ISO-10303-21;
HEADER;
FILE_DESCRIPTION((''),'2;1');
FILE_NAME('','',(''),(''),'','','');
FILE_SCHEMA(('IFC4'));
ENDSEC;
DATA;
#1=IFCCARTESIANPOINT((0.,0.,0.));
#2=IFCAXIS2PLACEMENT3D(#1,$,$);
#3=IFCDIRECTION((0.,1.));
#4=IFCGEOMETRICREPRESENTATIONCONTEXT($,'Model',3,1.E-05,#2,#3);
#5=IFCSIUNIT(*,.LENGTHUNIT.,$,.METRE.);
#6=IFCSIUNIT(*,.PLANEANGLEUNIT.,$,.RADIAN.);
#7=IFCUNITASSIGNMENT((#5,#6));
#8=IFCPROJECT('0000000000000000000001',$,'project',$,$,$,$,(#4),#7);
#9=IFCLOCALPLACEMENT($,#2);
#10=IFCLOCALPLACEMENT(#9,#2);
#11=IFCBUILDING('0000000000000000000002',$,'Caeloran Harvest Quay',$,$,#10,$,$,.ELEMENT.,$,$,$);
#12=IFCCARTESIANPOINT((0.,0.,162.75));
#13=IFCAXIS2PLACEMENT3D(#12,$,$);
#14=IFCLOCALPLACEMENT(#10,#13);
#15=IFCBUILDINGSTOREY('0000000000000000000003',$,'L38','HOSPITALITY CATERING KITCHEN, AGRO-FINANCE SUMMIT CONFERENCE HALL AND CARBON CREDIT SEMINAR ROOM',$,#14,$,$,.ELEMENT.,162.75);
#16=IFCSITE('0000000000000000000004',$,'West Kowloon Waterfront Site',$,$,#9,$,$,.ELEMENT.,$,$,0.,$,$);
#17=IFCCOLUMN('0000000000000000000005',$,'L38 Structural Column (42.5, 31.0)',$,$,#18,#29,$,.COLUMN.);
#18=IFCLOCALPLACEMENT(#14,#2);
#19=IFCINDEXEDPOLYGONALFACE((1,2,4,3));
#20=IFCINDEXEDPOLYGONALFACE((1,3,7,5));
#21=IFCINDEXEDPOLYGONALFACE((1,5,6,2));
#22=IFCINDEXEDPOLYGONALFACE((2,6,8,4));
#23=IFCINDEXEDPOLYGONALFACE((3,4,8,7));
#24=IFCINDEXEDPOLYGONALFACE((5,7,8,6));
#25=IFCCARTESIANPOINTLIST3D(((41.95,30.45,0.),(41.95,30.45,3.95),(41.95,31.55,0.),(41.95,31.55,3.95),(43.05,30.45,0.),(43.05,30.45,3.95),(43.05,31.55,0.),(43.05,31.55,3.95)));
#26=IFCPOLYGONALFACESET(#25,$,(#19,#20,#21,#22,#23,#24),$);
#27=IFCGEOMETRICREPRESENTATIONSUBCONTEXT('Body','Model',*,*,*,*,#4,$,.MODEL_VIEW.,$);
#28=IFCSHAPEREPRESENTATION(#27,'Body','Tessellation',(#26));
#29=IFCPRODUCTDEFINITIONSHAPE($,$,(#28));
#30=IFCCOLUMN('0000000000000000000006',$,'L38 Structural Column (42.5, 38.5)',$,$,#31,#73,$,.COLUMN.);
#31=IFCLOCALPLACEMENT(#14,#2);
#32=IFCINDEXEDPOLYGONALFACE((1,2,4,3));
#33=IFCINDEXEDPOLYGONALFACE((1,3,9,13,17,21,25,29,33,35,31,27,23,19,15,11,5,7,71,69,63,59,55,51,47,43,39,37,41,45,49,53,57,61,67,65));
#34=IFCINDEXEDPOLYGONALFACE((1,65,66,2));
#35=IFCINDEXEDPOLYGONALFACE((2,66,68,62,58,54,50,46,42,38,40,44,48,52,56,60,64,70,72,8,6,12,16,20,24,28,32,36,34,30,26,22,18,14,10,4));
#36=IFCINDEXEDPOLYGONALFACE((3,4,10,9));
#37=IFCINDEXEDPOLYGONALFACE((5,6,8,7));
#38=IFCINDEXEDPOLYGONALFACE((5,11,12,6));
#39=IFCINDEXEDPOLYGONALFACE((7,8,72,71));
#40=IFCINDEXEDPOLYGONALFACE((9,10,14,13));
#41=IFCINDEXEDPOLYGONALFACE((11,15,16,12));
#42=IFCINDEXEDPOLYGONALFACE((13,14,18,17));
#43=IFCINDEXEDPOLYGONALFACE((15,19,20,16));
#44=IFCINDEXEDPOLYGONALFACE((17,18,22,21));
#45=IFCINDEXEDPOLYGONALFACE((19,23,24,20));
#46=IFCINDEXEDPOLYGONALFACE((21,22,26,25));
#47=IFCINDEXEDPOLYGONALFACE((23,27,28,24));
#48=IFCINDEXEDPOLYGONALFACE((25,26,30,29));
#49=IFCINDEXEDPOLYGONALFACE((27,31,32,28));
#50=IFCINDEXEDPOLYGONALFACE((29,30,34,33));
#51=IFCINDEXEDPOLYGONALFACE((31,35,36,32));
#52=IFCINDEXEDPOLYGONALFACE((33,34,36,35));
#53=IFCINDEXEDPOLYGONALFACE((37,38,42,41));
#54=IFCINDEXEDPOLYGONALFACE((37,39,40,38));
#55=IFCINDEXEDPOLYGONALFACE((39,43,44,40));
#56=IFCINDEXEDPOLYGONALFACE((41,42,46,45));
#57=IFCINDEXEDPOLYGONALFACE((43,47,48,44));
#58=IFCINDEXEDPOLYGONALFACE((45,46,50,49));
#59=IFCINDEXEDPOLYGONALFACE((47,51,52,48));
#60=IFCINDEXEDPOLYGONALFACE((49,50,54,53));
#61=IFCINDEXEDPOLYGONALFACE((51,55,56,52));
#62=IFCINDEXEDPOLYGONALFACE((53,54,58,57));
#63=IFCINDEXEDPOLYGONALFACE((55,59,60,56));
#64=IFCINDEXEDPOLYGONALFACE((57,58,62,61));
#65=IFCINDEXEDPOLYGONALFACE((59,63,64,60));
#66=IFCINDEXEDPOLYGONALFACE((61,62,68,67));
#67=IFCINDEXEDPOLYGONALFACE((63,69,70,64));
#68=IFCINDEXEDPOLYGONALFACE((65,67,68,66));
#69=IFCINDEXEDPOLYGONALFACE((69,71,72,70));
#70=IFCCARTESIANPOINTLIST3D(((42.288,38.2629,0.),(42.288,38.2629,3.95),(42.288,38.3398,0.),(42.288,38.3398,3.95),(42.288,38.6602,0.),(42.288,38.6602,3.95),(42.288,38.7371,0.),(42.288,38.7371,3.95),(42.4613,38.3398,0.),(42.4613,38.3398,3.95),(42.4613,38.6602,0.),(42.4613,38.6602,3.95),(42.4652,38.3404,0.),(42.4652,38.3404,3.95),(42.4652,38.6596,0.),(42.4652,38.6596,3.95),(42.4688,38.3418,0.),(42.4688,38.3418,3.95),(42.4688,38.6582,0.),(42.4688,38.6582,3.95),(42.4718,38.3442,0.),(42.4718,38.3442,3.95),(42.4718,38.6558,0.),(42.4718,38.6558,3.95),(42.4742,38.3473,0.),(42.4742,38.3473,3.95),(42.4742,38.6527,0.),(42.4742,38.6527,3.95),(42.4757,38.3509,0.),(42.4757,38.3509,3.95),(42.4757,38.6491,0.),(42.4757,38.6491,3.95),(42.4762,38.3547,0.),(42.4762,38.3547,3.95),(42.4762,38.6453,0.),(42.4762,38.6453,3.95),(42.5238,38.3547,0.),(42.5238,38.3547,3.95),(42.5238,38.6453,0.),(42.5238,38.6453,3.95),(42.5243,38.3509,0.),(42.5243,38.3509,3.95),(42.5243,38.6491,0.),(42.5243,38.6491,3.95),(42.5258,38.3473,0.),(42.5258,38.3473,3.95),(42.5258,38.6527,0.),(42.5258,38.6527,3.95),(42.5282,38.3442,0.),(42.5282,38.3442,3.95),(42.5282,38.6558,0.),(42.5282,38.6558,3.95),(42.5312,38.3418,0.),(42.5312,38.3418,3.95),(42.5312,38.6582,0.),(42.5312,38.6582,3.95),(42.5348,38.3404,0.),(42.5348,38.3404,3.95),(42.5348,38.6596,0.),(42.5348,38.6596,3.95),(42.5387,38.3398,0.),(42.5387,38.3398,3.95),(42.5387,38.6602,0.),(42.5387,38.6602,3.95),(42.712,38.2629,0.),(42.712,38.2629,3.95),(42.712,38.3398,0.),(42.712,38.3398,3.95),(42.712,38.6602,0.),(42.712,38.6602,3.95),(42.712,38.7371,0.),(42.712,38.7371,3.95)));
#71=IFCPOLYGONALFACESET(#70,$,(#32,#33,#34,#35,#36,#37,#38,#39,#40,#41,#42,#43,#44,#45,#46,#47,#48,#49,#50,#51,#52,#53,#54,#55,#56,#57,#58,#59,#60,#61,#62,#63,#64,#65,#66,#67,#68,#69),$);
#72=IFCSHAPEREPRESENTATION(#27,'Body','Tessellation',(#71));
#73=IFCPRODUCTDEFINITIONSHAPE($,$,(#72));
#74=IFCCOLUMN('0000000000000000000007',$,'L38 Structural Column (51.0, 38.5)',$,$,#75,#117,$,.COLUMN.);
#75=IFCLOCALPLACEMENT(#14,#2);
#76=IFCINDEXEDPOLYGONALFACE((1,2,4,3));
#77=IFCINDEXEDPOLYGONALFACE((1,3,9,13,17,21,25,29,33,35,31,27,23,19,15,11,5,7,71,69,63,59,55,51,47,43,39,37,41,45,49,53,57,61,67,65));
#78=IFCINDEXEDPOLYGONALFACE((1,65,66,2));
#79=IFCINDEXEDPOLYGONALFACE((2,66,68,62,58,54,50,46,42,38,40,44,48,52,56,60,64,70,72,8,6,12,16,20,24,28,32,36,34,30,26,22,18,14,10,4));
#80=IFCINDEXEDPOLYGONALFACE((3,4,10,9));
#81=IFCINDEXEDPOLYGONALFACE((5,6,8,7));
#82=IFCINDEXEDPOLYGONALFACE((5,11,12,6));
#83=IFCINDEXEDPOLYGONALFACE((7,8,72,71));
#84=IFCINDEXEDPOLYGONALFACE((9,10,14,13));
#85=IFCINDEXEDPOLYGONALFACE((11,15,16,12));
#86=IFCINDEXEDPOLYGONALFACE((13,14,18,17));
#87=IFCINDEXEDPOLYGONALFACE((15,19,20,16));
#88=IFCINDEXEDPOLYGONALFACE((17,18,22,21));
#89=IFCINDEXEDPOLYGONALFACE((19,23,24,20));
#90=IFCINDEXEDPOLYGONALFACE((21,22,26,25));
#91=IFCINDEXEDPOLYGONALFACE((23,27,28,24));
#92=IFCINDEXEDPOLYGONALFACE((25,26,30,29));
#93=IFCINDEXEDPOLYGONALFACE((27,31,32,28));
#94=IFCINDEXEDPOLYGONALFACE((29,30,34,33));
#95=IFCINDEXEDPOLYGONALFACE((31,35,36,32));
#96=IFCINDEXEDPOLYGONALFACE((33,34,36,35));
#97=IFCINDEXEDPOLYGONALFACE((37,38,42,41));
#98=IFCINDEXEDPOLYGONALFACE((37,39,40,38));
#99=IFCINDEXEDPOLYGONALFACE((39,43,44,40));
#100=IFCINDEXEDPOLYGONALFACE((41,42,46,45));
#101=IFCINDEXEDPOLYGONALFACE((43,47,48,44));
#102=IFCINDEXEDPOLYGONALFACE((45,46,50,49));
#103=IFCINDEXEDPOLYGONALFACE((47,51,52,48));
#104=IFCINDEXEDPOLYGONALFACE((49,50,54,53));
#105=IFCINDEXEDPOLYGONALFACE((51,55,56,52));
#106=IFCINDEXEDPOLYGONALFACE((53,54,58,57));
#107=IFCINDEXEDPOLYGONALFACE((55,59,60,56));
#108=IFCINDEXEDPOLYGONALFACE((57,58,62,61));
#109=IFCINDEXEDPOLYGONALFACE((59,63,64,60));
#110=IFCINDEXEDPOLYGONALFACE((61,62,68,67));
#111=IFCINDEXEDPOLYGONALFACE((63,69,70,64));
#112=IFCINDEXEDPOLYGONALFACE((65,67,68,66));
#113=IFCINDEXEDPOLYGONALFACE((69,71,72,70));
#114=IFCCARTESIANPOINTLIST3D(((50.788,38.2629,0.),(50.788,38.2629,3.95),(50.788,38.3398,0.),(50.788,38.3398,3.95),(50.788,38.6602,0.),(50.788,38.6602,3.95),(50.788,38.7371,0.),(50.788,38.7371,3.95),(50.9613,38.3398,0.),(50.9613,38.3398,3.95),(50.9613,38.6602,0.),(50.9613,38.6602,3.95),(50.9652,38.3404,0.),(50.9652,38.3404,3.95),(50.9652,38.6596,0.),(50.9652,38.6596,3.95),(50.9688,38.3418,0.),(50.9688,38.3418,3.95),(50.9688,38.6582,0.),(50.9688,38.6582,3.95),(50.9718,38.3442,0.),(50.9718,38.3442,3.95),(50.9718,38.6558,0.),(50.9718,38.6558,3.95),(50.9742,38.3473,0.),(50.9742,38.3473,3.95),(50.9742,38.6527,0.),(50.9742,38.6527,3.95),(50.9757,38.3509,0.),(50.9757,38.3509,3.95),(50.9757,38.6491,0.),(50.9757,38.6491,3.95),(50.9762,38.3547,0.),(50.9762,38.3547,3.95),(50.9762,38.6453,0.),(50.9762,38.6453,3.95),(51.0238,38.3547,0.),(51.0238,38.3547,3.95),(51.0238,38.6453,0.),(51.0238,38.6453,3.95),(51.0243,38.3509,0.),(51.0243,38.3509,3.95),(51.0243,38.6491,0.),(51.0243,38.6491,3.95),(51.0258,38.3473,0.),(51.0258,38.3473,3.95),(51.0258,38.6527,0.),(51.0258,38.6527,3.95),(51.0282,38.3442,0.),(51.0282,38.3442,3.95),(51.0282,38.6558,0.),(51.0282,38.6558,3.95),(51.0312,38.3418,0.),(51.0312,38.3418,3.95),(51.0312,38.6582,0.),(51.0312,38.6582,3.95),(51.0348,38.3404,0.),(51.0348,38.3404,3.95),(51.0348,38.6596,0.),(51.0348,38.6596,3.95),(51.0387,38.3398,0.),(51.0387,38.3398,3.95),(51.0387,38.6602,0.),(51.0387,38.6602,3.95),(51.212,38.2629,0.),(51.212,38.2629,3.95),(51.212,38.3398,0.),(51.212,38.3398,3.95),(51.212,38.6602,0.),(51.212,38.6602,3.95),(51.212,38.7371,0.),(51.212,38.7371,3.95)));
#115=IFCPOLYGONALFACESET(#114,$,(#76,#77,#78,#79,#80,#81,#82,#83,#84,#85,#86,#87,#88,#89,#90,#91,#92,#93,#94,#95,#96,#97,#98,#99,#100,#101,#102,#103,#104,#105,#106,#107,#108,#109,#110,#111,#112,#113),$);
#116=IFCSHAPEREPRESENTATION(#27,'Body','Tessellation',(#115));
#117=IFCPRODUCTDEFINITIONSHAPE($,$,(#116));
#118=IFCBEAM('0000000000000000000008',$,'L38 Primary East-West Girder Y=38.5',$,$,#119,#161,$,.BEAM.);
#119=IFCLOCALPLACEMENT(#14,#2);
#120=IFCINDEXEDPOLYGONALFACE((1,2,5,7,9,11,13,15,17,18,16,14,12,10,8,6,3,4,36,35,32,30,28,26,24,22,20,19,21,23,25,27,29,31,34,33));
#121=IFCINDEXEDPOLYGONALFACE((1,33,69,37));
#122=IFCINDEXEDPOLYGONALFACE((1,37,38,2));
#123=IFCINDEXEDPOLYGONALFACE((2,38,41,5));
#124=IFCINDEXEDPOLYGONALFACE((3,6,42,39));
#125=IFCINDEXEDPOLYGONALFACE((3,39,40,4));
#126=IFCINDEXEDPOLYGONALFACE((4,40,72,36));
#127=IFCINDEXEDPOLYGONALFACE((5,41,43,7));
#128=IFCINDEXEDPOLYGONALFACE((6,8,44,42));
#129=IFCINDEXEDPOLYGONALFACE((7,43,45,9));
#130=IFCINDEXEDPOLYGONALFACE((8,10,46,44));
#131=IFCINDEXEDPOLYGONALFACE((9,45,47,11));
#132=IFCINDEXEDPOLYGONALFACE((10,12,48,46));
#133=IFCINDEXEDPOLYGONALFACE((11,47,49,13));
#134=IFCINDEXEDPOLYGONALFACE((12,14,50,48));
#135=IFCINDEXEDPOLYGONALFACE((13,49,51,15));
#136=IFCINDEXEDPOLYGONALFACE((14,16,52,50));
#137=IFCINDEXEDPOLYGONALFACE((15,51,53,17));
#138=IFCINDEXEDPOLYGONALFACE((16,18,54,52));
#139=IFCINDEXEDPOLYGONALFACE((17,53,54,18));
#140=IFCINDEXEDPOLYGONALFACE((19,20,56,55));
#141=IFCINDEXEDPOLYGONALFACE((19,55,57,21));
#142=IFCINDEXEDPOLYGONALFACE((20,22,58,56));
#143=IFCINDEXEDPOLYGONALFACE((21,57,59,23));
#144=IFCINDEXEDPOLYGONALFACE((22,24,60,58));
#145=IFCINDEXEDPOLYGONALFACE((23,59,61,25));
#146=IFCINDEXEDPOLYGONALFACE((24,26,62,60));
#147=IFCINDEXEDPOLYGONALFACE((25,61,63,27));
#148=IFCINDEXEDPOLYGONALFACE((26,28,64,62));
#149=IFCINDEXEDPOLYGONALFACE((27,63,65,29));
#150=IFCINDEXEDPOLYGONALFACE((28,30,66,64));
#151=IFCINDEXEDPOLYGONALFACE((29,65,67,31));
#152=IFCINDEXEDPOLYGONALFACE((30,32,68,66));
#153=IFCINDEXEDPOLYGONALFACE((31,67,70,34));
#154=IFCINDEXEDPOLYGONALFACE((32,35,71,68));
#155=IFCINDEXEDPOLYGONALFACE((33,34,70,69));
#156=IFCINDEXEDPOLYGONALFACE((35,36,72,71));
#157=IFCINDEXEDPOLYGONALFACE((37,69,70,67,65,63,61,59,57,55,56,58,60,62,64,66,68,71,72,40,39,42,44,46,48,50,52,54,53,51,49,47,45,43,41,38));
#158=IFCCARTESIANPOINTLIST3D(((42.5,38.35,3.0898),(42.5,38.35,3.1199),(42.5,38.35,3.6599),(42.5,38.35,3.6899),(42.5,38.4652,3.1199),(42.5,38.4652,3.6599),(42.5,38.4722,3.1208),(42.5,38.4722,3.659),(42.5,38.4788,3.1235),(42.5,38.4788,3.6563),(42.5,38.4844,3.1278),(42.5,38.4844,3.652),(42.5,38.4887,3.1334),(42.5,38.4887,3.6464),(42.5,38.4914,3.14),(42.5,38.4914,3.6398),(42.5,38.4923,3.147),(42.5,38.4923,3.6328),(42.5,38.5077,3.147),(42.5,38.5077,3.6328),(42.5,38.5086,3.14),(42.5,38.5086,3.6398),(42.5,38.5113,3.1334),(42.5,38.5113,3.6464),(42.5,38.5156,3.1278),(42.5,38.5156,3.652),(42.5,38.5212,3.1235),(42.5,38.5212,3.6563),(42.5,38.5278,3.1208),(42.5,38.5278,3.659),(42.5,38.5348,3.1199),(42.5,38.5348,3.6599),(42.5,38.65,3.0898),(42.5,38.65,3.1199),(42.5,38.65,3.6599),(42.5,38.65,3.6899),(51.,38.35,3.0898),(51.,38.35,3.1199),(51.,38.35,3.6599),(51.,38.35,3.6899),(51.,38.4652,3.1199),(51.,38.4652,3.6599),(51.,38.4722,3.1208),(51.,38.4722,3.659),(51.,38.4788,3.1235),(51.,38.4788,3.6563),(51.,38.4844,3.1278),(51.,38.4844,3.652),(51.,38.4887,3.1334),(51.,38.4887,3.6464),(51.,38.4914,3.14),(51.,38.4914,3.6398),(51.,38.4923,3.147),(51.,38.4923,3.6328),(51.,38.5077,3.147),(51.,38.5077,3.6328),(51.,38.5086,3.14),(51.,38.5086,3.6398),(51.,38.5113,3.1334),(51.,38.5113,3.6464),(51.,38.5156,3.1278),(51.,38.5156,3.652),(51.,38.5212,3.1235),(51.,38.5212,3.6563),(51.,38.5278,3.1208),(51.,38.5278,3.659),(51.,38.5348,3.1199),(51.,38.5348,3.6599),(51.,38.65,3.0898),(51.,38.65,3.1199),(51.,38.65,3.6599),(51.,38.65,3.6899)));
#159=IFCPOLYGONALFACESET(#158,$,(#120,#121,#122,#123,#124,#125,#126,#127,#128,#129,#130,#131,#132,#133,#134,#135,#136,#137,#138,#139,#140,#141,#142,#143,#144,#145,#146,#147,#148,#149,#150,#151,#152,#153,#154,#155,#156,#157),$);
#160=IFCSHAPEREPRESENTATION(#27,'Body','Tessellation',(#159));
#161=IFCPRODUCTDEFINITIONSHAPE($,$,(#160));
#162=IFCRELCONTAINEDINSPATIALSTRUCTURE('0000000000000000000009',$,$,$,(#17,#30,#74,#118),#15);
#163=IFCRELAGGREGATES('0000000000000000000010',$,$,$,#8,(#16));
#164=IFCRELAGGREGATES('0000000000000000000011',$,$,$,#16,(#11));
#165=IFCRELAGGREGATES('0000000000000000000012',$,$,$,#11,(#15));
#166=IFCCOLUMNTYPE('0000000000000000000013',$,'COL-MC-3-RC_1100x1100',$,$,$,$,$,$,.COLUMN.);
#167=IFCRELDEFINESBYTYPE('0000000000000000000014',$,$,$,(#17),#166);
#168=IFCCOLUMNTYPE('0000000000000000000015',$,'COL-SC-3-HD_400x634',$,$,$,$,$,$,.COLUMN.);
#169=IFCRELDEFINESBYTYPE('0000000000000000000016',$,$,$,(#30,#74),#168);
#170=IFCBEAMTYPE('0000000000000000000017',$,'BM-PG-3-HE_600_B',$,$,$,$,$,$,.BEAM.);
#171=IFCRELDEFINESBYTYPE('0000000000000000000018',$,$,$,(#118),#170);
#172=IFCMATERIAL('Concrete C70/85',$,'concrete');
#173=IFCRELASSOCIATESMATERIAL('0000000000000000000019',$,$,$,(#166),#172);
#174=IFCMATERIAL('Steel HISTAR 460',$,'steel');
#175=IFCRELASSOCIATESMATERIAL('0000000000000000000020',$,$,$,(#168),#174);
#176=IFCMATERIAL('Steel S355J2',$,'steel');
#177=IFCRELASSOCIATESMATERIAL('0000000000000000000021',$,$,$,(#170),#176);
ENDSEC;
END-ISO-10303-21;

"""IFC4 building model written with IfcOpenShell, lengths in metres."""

from ifc_helpers import new_model, si_unit, direction, frame, origin, origin_2d, place, context, subcontext, project, spatial, rectangle, i_section, extrude, material, material_profile, profile_set, type_object, element, save


model = new_model("IFC4")

# Units and contexts
model_context = context("Model", 3, precision=1e-05, world=origin(), true_north=direction((0.0, 1.0)))
body_context = subcontext(model_context, "Body", "Model", "MODEL_VIEW")
ifc_project = project(units=[si_unit("LENGTHUNIT", "METRE"), si_unit("PLANEANGLEUNIT", "RADIAN")], contexts=[model_context])

# Site, building, storey
site_placement = place(None, origin())
site = spatial("IfcSite", under=ifc_project, at=site_placement, Name="West Kowloon Waterfront Site", CompositionType="ELEMENT", RefElevation=0.0)
building_placement = place(site_placement, origin())
building = spatial("IfcBuilding", under=site, at=building_placement, Name="Caeloran Harvest Quay", CompositionType="ELEMENT")
storey_placement = place(building_placement, frame((0.0, 0.0, 162.75)))
storey = spatial("IfcBuildingStorey", under=building, at=storey_placement, Name="L38", Description="HOSPITALITY CATERING KITCHEN, AGRO-FINANCE SUMMIT CONFERENCE HALL AND CARBON CREDIT SEMINAR ROOM", CompositionType="ELEMENT", Elevation=162.75)

# Columns
ifc_material_1 = material(Name="Concrete C70/85", Category="concrete")
ifc_material_profile_1 = material_profile(ifc_material_1, rectangle(XDim=1.1001, YDim=1.1001, at=origin_2d()), Name="RC 1100x1100")
ifc_profile_set_1 = profile_set([ifc_material_profile_1], Name="Concrete C70/85")
column_type_1 = type_object("IfcColumnType", Name="COL-MC-3-RC_1100x1100", PredefinedType="COLUMN", material=ifc_profile_set_1)
column_placement = place(storey_placement, frame((42.5, 31.0, 0.0), z_axis=(0.0, 0.0, 1.0), x_axis=(1.0, 0.0, 0.0)))
element("IfcColumn", 1, at=column_placement, inside=storey, type_object=column_type_1, Name="L38 Structural Column (42.5, 31.0)", PredefinedType="COLUMN", context=body_context, shape_type="SweptSolid", body=[
    extrude(rectangle(XDim=1.1001, YDim=1.1001, at=origin_2d()), origin(), (0.0, 0.0, 1.0), 3.95),
])
ifc_material_2 = material(Name="Steel HISTAR 460", Category="steel")
ifc_material_profile_2 = material_profile(ifc_material_2, i_section(OverallWidth=0.4241, OverallDepth=0.4741, WebThickness=0.0476, FlangeThickness=0.0769, FilletRadius=0.0149, at=origin_2d()), Name="HD 400x634")
ifc_profile_set_2 = profile_set([ifc_material_profile_2], Name="Steel HISTAR 460")
column_type_2 = type_object("IfcColumnType", Name="COL-SC-3-HD_400x634", PredefinedType="COLUMN", material=ifc_profile_set_2)
for number, where, z_axis, x_axis, name in (
    (2, (42.5, 38.5, 0.0), (0.0, 0.0, 1.0), (1.0, 0.0, 0.0), "L38 Structural Column (42.5, 38.5)"),
    (3, (51.0, 38.5, 0.0), (0.0, 0.0, 1.0), (1.0, 0.0, 0.0), "L38 Structural Column (51.0, 38.5)"),
):
    element("IfcColumn", number, at=place(storey_placement, frame(where, z_axis=z_axis, x_axis=x_axis)), inside=storey, type_object=column_type_2, Name=name, PredefinedType="COLUMN", context=body_context, shape_type="SweptSolid", body=[
        extrude(i_section(OverallWidth=0.4241, OverallDepth=0.4741, WebThickness=0.0476, FlangeThickness=0.0769, FilletRadius=0.0149, at=origin_2d()), origin(), (0.0, 0.0, 1.0), 3.95),
    ])

# Beam
ifc_material_3 = material(Name="Steel S355J2", Category="steel")
ifc_material_profile_3 = material_profile(ifc_material_3, i_section(OverallWidth=0.3, OverallDepth=0.6001, WebThickness=0.0154, FlangeThickness=0.03, FilletRadius=0.0271, at=origin_2d()), Name="HE 600 B")
ifc_profile_set_3 = profile_set([ifc_material_profile_3], Name="Steel S355J2")
beam_type = type_object("IfcBeamType", Name="BM-PG-3-HE_600_B", PredefinedType="BEAM", material=ifc_profile_set_3)
beam_1_placement = place(storey_placement, frame((42.5, 38.5, 3.3899), z_axis=(1.0, 0.0, 0.0), x_axis=(0.0, 1.0, 0.0)))
element("IfcBeam", 4, at=beam_1_placement, inside=storey, type_object=beam_type, Name="L38 Primary East-West Girder Y=38.5", PredefinedType="BEAM", context=body_context, shape_type="SweptSolid", body=[
    extrude(i_section(OverallWidth=0.3, OverallDepth=0.6001, WebThickness=0.0154, FlangeThickness=0.03, FilletRadius=0.0271, at=origin_2d()), origin(), (0.0, 0.0, 1.0), 8.5),
])

save(model, "model.ifc")
